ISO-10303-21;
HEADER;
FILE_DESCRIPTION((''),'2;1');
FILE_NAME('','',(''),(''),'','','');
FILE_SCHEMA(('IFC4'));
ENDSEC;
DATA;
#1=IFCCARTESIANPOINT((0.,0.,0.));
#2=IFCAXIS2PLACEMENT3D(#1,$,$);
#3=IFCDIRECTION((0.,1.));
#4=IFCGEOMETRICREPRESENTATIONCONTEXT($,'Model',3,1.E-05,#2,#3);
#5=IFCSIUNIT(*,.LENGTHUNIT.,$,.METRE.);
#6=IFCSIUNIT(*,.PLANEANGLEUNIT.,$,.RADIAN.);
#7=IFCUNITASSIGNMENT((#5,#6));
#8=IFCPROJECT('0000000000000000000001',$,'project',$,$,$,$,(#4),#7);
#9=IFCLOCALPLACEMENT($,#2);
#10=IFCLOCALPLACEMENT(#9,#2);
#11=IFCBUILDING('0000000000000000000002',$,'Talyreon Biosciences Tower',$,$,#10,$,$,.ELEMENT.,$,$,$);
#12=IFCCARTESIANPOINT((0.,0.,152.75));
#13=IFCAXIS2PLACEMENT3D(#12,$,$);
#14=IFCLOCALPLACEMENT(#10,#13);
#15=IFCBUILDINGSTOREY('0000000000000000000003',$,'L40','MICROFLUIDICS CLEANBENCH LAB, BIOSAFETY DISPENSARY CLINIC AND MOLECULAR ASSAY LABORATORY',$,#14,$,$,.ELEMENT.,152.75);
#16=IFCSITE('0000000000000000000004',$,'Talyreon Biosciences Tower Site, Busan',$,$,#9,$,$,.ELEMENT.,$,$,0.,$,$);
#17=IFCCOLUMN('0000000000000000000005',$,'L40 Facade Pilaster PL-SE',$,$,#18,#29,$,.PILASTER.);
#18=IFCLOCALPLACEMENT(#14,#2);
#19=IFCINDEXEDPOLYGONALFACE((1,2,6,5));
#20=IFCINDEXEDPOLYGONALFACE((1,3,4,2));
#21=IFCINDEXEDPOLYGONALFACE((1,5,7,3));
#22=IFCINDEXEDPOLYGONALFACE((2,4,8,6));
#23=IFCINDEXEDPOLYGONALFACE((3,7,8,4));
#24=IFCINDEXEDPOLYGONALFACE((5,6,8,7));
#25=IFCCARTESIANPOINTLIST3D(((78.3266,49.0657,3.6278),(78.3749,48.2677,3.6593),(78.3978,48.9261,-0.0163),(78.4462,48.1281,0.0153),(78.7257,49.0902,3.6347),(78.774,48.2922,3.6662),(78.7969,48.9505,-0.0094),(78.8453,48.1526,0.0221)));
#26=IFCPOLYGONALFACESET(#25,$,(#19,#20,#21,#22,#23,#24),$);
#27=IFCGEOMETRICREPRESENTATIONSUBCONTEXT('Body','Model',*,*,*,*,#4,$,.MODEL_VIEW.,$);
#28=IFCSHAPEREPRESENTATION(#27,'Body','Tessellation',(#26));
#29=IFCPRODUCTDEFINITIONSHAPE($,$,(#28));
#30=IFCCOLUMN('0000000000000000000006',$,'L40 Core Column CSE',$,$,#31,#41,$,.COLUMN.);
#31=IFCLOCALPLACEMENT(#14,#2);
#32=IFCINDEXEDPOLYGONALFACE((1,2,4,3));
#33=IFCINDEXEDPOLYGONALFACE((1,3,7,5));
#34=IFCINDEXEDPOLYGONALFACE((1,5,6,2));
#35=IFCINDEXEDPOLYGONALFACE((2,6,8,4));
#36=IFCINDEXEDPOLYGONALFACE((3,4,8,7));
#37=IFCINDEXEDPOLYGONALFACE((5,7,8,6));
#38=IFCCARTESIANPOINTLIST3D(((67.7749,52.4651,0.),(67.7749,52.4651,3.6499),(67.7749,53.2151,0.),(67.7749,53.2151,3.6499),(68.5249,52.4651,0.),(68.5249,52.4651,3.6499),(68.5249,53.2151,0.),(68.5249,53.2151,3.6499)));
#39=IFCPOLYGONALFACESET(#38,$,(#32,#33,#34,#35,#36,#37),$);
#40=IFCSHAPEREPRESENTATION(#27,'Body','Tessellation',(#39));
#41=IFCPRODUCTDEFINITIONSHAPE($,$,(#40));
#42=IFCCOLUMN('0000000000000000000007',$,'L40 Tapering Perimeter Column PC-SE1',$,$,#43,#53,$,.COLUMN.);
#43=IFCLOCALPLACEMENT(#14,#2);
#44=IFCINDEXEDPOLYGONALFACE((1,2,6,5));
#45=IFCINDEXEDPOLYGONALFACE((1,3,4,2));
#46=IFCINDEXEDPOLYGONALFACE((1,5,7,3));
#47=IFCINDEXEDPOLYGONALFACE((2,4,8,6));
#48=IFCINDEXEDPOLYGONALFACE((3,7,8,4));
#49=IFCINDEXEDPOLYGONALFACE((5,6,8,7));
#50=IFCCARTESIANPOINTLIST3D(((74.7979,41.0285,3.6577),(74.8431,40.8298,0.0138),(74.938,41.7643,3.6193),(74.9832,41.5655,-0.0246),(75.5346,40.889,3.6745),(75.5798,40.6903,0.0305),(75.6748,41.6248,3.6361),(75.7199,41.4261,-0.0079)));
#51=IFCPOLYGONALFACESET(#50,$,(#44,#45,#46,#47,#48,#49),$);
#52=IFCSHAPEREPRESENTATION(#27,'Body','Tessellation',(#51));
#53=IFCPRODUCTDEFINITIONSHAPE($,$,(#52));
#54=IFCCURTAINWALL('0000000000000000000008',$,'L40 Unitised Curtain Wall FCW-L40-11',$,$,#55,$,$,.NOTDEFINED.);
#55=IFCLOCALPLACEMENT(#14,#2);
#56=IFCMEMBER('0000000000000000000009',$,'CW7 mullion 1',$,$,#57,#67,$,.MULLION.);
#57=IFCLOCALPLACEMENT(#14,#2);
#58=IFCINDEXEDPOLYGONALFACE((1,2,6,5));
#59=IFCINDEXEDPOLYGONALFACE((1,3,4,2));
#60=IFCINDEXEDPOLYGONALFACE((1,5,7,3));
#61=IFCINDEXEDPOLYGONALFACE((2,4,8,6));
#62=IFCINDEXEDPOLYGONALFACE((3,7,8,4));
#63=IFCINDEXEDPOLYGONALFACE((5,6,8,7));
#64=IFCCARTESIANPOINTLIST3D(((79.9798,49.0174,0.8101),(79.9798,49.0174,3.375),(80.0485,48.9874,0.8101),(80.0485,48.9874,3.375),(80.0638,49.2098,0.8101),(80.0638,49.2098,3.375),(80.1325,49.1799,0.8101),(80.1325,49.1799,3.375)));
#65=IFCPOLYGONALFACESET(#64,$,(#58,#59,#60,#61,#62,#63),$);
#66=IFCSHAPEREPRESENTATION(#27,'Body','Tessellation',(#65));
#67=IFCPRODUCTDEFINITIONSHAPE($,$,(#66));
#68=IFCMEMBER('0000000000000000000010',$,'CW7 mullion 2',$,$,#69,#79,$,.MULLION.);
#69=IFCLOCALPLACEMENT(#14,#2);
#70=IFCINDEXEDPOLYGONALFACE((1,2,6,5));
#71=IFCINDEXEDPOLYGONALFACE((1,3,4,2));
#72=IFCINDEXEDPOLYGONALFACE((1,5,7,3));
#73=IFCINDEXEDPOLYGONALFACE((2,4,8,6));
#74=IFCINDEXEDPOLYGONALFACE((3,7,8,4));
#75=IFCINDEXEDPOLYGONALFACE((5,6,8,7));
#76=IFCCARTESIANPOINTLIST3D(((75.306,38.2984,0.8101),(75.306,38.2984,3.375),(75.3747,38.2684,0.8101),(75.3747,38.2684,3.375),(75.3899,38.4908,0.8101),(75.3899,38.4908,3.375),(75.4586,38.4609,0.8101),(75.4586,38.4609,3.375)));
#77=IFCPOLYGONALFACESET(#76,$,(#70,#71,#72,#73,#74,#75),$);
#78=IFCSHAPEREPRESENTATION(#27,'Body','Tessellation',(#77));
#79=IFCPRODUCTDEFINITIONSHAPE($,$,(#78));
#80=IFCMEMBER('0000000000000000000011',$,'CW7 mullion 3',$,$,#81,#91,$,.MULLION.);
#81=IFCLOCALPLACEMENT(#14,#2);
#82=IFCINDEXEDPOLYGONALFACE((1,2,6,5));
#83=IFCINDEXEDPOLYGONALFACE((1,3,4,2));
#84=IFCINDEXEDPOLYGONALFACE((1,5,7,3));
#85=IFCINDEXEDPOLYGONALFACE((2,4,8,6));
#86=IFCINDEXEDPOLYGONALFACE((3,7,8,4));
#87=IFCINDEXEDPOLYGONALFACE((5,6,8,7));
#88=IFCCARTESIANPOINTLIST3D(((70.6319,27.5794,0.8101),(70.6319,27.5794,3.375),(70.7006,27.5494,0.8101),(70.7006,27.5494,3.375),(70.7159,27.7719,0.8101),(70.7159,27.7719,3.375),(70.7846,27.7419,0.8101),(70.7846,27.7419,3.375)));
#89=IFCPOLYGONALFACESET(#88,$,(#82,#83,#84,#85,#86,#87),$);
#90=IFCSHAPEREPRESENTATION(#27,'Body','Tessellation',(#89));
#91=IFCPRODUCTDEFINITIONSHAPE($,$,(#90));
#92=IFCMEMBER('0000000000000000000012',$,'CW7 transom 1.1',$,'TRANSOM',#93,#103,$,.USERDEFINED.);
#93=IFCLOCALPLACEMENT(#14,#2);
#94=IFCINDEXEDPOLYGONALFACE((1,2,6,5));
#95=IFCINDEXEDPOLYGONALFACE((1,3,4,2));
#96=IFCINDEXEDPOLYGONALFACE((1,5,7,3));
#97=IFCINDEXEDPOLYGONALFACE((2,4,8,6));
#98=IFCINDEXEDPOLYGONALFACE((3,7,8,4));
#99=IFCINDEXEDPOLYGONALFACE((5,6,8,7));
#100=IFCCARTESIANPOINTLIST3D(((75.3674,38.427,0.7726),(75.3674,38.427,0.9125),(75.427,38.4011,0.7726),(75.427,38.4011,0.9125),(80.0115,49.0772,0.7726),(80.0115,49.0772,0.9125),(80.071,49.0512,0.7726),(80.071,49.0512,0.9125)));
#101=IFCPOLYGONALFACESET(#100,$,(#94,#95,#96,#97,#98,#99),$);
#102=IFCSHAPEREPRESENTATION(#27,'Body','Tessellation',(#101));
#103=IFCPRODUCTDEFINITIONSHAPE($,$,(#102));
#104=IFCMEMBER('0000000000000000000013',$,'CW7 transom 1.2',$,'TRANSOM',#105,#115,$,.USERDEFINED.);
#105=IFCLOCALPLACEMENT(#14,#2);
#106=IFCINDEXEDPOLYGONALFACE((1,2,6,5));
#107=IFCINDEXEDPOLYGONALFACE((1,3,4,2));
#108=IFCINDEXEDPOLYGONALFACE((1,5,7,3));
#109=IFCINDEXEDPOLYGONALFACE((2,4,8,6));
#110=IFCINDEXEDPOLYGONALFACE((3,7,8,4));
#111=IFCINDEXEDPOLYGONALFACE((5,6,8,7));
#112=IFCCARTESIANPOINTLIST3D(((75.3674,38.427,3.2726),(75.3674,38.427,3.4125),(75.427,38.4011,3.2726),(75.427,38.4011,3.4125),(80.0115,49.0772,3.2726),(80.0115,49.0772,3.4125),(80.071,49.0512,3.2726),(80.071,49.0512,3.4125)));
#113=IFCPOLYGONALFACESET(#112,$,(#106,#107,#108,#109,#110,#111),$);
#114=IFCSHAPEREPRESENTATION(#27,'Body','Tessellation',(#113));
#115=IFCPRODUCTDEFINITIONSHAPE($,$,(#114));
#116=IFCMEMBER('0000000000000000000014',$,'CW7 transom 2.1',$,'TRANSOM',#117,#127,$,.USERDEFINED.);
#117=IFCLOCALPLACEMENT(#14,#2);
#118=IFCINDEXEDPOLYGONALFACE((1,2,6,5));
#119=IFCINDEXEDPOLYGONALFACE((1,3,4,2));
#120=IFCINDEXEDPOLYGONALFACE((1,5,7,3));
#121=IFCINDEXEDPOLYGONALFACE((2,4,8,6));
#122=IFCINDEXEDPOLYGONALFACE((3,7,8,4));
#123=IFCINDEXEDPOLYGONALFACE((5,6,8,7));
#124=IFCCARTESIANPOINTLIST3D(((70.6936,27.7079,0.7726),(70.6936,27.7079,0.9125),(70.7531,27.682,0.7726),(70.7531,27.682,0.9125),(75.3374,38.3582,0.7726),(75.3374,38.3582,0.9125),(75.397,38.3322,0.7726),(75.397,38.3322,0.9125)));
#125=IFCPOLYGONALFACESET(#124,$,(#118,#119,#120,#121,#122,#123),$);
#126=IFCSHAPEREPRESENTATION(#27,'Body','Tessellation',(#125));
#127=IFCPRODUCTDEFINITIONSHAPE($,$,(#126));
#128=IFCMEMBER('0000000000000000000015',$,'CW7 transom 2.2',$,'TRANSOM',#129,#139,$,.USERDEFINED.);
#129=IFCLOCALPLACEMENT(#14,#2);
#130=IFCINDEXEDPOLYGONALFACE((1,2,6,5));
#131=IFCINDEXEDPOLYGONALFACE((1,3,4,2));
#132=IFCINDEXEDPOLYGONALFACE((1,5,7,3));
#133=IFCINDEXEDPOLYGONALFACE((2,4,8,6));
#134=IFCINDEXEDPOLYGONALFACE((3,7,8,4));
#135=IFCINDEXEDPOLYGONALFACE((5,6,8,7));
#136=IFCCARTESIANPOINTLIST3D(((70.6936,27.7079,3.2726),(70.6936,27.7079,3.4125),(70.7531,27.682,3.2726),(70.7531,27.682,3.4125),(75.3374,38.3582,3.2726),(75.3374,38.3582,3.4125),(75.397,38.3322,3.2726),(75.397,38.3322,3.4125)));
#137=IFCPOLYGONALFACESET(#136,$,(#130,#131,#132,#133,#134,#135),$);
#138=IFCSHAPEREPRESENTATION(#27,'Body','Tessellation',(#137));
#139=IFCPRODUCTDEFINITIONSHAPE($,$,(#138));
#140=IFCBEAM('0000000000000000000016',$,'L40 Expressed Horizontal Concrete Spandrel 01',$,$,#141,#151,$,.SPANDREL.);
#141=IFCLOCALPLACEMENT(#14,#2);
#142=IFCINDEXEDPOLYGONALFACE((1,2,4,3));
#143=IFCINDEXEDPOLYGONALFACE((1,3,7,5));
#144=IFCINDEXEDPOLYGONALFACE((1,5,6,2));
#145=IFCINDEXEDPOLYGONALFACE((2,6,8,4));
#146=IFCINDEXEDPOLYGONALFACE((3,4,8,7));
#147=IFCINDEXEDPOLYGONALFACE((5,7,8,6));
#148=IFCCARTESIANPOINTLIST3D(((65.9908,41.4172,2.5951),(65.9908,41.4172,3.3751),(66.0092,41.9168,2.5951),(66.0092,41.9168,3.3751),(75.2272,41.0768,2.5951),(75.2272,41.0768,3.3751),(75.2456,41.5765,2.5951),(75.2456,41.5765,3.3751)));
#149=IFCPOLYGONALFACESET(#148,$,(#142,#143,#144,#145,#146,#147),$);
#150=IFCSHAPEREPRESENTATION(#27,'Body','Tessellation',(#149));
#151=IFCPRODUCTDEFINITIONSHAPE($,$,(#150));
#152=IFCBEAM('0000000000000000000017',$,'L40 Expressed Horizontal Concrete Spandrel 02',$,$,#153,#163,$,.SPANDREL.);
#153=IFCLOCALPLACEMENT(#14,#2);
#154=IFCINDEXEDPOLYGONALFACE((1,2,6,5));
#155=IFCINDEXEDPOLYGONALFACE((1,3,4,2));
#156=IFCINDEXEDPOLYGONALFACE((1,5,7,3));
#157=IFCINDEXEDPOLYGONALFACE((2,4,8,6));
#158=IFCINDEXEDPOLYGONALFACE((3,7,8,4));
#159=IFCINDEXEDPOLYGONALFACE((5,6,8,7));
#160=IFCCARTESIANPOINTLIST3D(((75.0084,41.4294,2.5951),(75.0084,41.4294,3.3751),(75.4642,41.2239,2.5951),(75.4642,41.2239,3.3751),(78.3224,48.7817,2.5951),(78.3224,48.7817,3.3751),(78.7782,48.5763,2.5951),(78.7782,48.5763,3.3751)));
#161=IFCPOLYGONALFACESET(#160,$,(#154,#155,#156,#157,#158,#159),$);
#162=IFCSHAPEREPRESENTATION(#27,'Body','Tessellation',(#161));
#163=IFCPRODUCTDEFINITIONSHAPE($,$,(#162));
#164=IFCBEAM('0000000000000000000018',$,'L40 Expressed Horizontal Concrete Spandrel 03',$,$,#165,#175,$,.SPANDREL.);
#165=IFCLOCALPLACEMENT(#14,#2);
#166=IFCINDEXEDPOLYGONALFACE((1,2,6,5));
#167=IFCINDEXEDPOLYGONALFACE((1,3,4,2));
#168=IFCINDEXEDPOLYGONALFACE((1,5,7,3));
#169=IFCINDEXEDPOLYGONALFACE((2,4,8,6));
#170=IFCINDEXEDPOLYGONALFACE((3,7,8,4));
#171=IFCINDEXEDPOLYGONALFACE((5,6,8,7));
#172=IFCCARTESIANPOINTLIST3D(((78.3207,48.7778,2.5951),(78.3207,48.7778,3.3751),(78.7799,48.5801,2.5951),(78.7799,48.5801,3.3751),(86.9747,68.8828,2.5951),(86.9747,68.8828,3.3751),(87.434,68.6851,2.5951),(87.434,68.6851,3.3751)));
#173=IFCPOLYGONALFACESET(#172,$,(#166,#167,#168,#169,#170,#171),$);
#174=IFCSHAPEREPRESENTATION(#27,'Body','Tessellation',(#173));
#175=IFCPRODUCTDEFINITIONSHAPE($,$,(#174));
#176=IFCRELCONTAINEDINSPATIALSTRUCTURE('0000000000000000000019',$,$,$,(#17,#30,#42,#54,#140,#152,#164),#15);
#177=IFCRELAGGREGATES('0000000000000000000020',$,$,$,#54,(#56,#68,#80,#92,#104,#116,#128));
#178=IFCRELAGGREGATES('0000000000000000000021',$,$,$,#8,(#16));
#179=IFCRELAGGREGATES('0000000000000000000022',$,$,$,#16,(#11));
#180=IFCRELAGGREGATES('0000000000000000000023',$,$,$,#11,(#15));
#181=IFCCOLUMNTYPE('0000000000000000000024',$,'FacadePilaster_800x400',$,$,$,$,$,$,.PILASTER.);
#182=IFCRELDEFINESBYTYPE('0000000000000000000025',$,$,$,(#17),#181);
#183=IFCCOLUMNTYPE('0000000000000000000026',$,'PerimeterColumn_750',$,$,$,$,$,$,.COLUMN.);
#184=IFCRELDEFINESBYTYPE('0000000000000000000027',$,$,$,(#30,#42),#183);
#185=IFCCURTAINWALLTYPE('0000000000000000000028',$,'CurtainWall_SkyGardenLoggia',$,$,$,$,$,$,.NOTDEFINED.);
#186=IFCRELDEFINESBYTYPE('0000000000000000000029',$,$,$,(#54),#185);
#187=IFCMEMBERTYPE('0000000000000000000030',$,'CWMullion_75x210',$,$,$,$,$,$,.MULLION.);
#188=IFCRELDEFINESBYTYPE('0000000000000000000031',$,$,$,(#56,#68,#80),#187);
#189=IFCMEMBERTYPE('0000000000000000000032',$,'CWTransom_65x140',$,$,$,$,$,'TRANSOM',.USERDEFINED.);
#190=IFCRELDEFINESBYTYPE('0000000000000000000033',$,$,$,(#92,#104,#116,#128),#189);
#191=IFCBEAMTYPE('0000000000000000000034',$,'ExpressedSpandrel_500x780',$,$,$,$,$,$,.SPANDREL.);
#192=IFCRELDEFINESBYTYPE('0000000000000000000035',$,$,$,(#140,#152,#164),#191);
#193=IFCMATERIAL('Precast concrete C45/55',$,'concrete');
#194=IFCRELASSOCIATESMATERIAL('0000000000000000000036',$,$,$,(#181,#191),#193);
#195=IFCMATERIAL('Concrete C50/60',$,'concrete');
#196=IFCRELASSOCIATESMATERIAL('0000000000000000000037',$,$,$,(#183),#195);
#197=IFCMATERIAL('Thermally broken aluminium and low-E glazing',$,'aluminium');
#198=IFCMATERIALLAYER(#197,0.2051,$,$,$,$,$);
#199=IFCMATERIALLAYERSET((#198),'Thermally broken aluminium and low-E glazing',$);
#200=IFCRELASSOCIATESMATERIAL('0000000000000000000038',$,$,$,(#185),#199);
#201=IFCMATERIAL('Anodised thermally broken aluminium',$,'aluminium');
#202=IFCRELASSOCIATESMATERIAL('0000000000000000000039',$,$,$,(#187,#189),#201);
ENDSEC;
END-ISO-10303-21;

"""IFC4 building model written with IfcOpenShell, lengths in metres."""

from ifc_helpers import new_model, si_unit, direction, frame, origin, origin_2d, place, context, subcontext, project, spatial, rectangle, extrude, material, layer, layer_set, material_profile, profile_set, type_object, element, aggregate, save


model = new_model("IFC4")

# Units and contexts
model_context = context("Model", 3, precision=1e-05, world=origin(), true_north=direction((0.0, 1.0)))
body_context = subcontext(model_context, "Body", "Model", "MODEL_VIEW")
ifc_project = project(units=[si_unit("LENGTHUNIT", "METRE"), si_unit("PLANEANGLEUNIT", "RADIAN")], contexts=[model_context])

# Site, building, storey
site_placement = place(None, origin())
site = spatial("IfcSite", under=ifc_project, at=site_placement, Name="Talyreon Biosciences Tower Site, Busan", CompositionType="ELEMENT", RefElevation=0.0)
building_placement = place(site_placement, origin())
building = spatial("IfcBuilding", under=site, at=building_placement, Name="Talyreon Biosciences Tower", CompositionType="ELEMENT")
storey_placement = place(building_placement, frame((0.0, 0.0, 152.75)))
storey = spatial("IfcBuildingStorey", under=building, at=storey_placement, Name="L40", Description="MICROFLUIDICS CLEANBENCH LAB, BIOSAFETY DISPENSARY CLINIC AND MOLECULAR ASSAY LABORATORY", CompositionType="ELEMENT", Elevation=152.75)

# Columns
ifc_material_1 = material(Name="Precast concrete C45/55", Category="concrete")
ifc_material_profile_1 = material_profile(ifc_material_1, rectangle(XDim=0.8, YDim=0.3999, at=origin_2d()), Name="RC 800x400")
ifc_profile_set_1 = profile_set([ifc_material_profile_1], Name="Precast concrete C45/55")
column_type_1 = type_object("IfcColumnType", Name="FacadePilaster_800x400", PredefinedType="PILASTER", material=ifc_profile_set_1)
column_1_placement = place(storey_placement, frame((78.6216, 48.5393, 0.0029), z_axis=(-0.019545, 0.038287, 0.999076), x_axis=(0.060469, -0.997392, 0.039405)))
element("IfcColumn", 1, at=column_1_placement, inside=storey, type_object=column_type_1, Name="L40 Facade Pilaster PL-SE", PredefinedType="PILASTER", context=body_context, shape_type="SweptSolid", body=[
    extrude(rectangle(XDim=0.8, YDim=0.3999, at=origin_2d()), origin(), (0.0, 0.0, 1.0), 3.6475),
])
ifc_material_2 = material(Name="Concrete C50/60", Category="concrete")
ifc_material_profile_2 = material_profile(ifc_material_2, rectangle(XDim=0.75, YDim=0.75, at=origin_2d()), Name="RC 750x750")
ifc_profile_set_2 = profile_set([ifc_material_profile_2], Name="Concrete C50/60")
column_type_2 = type_object("IfcColumnType", Name="PerimeterColumn_750", PredefinedType="COLUMN", material=ifc_profile_set_2)
column_2_placement = place(storey_placement, frame((68.1499, 52.8401, 0.0), z_axis=(0.0, 0.0, 1.0), x_axis=(1.0, 0.0, 0.0)))
element("IfcColumn", 2, at=column_2_placement, inside=storey, type_object=column_type_2, Name="L40 Core Column CSE", PredefinedType="COLUMN", context=body_context, shape_type="SweptSolid", body=[
    extrude(rectangle(XDim=0.75, YDim=0.75, at=origin_2d()), origin(), (0.0, 0.0, 1.0), 3.6499),
])
column_3_placement = place(storey_placement, frame((75.2815, 41.1279, 0.0029), z_axis=(-0.012375, 0.054451, 0.99844), x_axis=(-0.186854, -0.981053, 0.051186)))
element("IfcColumn", 3, at=column_3_placement, inside=storey, type_object=column_type_2, Name="L40 Tapering Perimeter Column PC-SE1", PredefinedType="COLUMN", context=body_context, shape_type="SweptSolid", body=[
    extrude(rectangle(XDim=0.75, YDim=0.75, at=origin_2d()), origin(), (0.0, 0.0, 1.0), 3.6497),
])

# Curtain wall, members
ifc_material_3 = material(Name="Thermally broken aluminium and low-E glazing", Category="aluminium")
ifc_layer_1 = layer(ifc_material_3, 0.2051)
ifc_layer_set_1 = layer_set([ifc_layer_1], Name="Thermally broken aluminium and low-E glazing")
curtain_wall_type = type_object("IfcCurtainWallType", Name="CurtainWall_SkyGardenLoggia", PredefinedType="NOTDEFINED", material=ifc_layer_set_1)
curtain_wall_placement = place(storey_placement, origin())
curtain_wall = element("IfcCurtainWall", 4, at=curtain_wall_placement, inside=storey, type_object=curtain_wall_type, Name="L40 Unitised Curtain Wall FCW-L40-11", PredefinedType="NOTDEFINED")
ifc_material_4 = material(Name="Anodised thermally broken aluminium", Category="aluminium")
ifc_material_profile_3 = material_profile(ifc_material_4, rectangle(XDim=0.075, YDim=0.21, at=origin_2d()), Name="ALUM MULLION 75x210")
ifc_profile_set_3 = profile_set([ifc_material_profile_3], Name="Anodised thermally broken aluminium")
member_type_1 = type_object("IfcMemberType", Name="CWMullion_75x210", PredefinedType="MULLION", material=ifc_profile_set_3)
member_1_placement = place(storey_placement, frame((80.0562, 49.0986, 0.8101), z_axis=(0.0, 0.0, 1.0), x_axis=(0.916647, -0.399698, 0.0)))
member_1 = element("IfcMember", 5, at=member_1_placement, type_object=member_type_1, Name="CW7 mullion 1", PredefinedType="MULLION", context=body_context, shape_type="SweptSolid", body=[
    extrude(rectangle(XDim=0.075, YDim=0.21, at=origin_2d()), origin(), (0.0, 0.0, 1.0), 2.5649),
])
member_2_placement = place(storey_placement, frame((75.3823, 38.3796, 0.8101), z_axis=(0.0, 0.0, 1.0), x_axis=(0.916647, -0.399698, 0.0)))
member_2 = element("IfcMember", 6, at=member_2_placement, type_object=member_type_1, Name="CW7 mullion 2", PredefinedType="MULLION", context=body_context, shape_type="SweptSolid", body=[
    extrude(rectangle(XDim=0.075, YDim=0.21, at=origin_2d()), origin(), (0.0, 0.0, 1.0), 2.5649),
])
member_3_placement = place(storey_placement, frame((70.7083, 27.6606, 0.8101), z_axis=(0.0, 0.0, 1.0), x_axis=(0.916647, -0.399698, 0.0)))
member_3 = element("IfcMember", 7, at=member_3_placement, type_object=member_type_1, Name="CW7 mullion 3", PredefinedType="MULLION", context=body_context, shape_type="SweptSolid", body=[
    extrude(rectangle(XDim=0.075, YDim=0.21, at=origin_2d()), origin(), (0.0, 0.0, 1.0), 2.5649),
])
ifc_material_profile_4 = material_profile(ifc_material_4, rectangle(XDim=0.0649, YDim=0.1399, at=origin_2d()), Name="ALUM TRANSOM 65x140")
ifc_profile_set_4 = profile_set([ifc_material_profile_4], Name="Anodised thermally broken aluminium")
member_type_2 = type_object("IfcMemberType", Name="CWTransom_65x140", ElementType="TRANSOM", PredefinedType="USERDEFINED", material=ifc_profile_set_4)
member_4_placement = place(storey_placement, frame((80.0413, 49.0642, 0.8425), z_axis=(-0.399706, -0.916643, 0.0), x_axis=(0.916643, -0.399706, 0.0)))
member_4 = element("IfcMember", 8, at=member_4_placement, type_object=member_type_2, Name="CW7 transom 1.1", ObjectType="TRANSOM", PredefinedType="USERDEFINED", context=body_context, shape_type="SweptSolid", body=[
    extrude(rectangle(XDim=0.0649, YDim=0.1399, at=origin_2d()), origin(), (0.0, 0.0, 1.0), 11.6187),
])
member_5_placement = place(storey_placement, frame((80.0413, 49.0642, 3.3425), z_axis=(-0.399706, -0.916643, 0.0), x_axis=(0.916643, -0.399706, 0.0)))
member_5 = element("IfcMember", 9, at=member_5_placement, type_object=member_type_2, Name="CW7 transom 1.2", ObjectType="TRANSOM", PredefinedType="USERDEFINED", context=body_context, shape_type="SweptSolid", body=[
    extrude(rectangle(XDim=0.0649, YDim=0.1399, at=origin_2d()), origin(), (0.0, 0.0, 1.0), 11.6187),
])
member_6_placement = place(storey_placement, frame((75.3672, 38.3452, 0.8425), z_axis=(-0.399689, -0.916651, 0.0), x_axis=(0.916651, -0.399689, 0.0)))
member_6 = element("IfcMember", 10, at=member_6_placement, type_object=member_type_2, Name="CW7 transom 2.1", ObjectType="TRANSOM", PredefinedType="USERDEFINED", context=body_context, shape_type="SweptSolid", body=[
    extrude(rectangle(XDim=0.0649, YDim=0.1399, at=origin_2d()), origin(), (0.0, 0.0, 1.0), 11.6187),
])
member_7_placement = place(storey_placement, frame((75.3672, 38.3452, 3.3425), z_axis=(-0.399689, -0.916651, 0.0), x_axis=(0.916651, -0.399689, 0.0)))
member_7 = element("IfcMember", 11, at=member_7_placement, type_object=member_type_2, Name="CW7 transom 2.2", ObjectType="TRANSOM", PredefinedType="USERDEFINED", context=body_context, shape_type="SweptSolid", body=[
    extrude(rectangle(XDim=0.0649, YDim=0.1399, at=origin_2d()), origin(), (0.0, 0.0, 1.0), 11.6187),
])

# Beams
ifc_material_profile_5 = material_profile(ifc_material_1, rectangle(XDim=0.5, YDim=0.78, at=origin_2d()), Name="RCB 500x780")
ifc_profile_set_5 = profile_set([ifc_material_profile_5], Name="Precast concrete C45/55")
beam_type_1 = type_object("IfcBeamType", Name="ExpressedSpandrel_500x780", PredefinedType="SPANDREL", material=ifc_profile_set_5)
beam_1_placement = place(storey_placement, frame((66.0, 41.667, 2.9851), z_axis=(0.999322, -0.036822, 0.0), x_axis=(0.036822, 0.999322, 0.0)))
element("IfcBeam", 12, at=beam_1_placement, inside=storey, type_object=beam_type_1, Name="L40 Expressed Horizontal Concrete Spandrel 01", PredefinedType="SPANDREL", context=body_context, shape_type="SweptSolid", body=[
    extrude(rectangle(XDim=0.5, YDim=0.78, at=origin_2d()), origin(), (0.0, 0.0, 1.0), 9.2427),
])
beam_2_placement = place(storey_placement, frame((75.2363, 41.3267, 2.9851), z_axis=(0.410925, 0.911669, 0.0), x_axis=(-0.911669, 0.410925, 0.0)))
element("IfcBeam", 13, at=beam_2_placement, inside=storey, type_object=beam_type_1, Name="L40 Expressed Horizontal Concrete Spandrel 02", PredefinedType="SPANDREL", context=body_context, shape_type="SweptSolid", body=[
    extrude(rectangle(XDim=0.5, YDim=0.78, at=origin_2d()), origin(), (0.0, 0.0, 1.0), 8.0647),
])
beam_3_placement = place(storey_placement, frame((78.5503, 48.679, 2.9851), z_axis=(0.395371, 0.918521, 0.0), x_axis=(-0.918521, 0.395371, 0.0)))
element("IfcBeam", 14, at=beam_3_placement, inside=storey, type_object=beam_type_1, Name="L40 Expressed Horizontal Concrete Spandrel 03", PredefinedType="SPANDREL", context=body_context, shape_type="SweptSolid", body=[
    extrude(rectangle(XDim=0.5, YDim=0.78, at=origin_2d()), origin(), (0.0, 0.0, 1.0), 21.8884),
])

aggregate(curtain_wall, [member_1, member_2, member_3, member_4, member_5, member_6, member_7])

save(model, "model.ifc")
